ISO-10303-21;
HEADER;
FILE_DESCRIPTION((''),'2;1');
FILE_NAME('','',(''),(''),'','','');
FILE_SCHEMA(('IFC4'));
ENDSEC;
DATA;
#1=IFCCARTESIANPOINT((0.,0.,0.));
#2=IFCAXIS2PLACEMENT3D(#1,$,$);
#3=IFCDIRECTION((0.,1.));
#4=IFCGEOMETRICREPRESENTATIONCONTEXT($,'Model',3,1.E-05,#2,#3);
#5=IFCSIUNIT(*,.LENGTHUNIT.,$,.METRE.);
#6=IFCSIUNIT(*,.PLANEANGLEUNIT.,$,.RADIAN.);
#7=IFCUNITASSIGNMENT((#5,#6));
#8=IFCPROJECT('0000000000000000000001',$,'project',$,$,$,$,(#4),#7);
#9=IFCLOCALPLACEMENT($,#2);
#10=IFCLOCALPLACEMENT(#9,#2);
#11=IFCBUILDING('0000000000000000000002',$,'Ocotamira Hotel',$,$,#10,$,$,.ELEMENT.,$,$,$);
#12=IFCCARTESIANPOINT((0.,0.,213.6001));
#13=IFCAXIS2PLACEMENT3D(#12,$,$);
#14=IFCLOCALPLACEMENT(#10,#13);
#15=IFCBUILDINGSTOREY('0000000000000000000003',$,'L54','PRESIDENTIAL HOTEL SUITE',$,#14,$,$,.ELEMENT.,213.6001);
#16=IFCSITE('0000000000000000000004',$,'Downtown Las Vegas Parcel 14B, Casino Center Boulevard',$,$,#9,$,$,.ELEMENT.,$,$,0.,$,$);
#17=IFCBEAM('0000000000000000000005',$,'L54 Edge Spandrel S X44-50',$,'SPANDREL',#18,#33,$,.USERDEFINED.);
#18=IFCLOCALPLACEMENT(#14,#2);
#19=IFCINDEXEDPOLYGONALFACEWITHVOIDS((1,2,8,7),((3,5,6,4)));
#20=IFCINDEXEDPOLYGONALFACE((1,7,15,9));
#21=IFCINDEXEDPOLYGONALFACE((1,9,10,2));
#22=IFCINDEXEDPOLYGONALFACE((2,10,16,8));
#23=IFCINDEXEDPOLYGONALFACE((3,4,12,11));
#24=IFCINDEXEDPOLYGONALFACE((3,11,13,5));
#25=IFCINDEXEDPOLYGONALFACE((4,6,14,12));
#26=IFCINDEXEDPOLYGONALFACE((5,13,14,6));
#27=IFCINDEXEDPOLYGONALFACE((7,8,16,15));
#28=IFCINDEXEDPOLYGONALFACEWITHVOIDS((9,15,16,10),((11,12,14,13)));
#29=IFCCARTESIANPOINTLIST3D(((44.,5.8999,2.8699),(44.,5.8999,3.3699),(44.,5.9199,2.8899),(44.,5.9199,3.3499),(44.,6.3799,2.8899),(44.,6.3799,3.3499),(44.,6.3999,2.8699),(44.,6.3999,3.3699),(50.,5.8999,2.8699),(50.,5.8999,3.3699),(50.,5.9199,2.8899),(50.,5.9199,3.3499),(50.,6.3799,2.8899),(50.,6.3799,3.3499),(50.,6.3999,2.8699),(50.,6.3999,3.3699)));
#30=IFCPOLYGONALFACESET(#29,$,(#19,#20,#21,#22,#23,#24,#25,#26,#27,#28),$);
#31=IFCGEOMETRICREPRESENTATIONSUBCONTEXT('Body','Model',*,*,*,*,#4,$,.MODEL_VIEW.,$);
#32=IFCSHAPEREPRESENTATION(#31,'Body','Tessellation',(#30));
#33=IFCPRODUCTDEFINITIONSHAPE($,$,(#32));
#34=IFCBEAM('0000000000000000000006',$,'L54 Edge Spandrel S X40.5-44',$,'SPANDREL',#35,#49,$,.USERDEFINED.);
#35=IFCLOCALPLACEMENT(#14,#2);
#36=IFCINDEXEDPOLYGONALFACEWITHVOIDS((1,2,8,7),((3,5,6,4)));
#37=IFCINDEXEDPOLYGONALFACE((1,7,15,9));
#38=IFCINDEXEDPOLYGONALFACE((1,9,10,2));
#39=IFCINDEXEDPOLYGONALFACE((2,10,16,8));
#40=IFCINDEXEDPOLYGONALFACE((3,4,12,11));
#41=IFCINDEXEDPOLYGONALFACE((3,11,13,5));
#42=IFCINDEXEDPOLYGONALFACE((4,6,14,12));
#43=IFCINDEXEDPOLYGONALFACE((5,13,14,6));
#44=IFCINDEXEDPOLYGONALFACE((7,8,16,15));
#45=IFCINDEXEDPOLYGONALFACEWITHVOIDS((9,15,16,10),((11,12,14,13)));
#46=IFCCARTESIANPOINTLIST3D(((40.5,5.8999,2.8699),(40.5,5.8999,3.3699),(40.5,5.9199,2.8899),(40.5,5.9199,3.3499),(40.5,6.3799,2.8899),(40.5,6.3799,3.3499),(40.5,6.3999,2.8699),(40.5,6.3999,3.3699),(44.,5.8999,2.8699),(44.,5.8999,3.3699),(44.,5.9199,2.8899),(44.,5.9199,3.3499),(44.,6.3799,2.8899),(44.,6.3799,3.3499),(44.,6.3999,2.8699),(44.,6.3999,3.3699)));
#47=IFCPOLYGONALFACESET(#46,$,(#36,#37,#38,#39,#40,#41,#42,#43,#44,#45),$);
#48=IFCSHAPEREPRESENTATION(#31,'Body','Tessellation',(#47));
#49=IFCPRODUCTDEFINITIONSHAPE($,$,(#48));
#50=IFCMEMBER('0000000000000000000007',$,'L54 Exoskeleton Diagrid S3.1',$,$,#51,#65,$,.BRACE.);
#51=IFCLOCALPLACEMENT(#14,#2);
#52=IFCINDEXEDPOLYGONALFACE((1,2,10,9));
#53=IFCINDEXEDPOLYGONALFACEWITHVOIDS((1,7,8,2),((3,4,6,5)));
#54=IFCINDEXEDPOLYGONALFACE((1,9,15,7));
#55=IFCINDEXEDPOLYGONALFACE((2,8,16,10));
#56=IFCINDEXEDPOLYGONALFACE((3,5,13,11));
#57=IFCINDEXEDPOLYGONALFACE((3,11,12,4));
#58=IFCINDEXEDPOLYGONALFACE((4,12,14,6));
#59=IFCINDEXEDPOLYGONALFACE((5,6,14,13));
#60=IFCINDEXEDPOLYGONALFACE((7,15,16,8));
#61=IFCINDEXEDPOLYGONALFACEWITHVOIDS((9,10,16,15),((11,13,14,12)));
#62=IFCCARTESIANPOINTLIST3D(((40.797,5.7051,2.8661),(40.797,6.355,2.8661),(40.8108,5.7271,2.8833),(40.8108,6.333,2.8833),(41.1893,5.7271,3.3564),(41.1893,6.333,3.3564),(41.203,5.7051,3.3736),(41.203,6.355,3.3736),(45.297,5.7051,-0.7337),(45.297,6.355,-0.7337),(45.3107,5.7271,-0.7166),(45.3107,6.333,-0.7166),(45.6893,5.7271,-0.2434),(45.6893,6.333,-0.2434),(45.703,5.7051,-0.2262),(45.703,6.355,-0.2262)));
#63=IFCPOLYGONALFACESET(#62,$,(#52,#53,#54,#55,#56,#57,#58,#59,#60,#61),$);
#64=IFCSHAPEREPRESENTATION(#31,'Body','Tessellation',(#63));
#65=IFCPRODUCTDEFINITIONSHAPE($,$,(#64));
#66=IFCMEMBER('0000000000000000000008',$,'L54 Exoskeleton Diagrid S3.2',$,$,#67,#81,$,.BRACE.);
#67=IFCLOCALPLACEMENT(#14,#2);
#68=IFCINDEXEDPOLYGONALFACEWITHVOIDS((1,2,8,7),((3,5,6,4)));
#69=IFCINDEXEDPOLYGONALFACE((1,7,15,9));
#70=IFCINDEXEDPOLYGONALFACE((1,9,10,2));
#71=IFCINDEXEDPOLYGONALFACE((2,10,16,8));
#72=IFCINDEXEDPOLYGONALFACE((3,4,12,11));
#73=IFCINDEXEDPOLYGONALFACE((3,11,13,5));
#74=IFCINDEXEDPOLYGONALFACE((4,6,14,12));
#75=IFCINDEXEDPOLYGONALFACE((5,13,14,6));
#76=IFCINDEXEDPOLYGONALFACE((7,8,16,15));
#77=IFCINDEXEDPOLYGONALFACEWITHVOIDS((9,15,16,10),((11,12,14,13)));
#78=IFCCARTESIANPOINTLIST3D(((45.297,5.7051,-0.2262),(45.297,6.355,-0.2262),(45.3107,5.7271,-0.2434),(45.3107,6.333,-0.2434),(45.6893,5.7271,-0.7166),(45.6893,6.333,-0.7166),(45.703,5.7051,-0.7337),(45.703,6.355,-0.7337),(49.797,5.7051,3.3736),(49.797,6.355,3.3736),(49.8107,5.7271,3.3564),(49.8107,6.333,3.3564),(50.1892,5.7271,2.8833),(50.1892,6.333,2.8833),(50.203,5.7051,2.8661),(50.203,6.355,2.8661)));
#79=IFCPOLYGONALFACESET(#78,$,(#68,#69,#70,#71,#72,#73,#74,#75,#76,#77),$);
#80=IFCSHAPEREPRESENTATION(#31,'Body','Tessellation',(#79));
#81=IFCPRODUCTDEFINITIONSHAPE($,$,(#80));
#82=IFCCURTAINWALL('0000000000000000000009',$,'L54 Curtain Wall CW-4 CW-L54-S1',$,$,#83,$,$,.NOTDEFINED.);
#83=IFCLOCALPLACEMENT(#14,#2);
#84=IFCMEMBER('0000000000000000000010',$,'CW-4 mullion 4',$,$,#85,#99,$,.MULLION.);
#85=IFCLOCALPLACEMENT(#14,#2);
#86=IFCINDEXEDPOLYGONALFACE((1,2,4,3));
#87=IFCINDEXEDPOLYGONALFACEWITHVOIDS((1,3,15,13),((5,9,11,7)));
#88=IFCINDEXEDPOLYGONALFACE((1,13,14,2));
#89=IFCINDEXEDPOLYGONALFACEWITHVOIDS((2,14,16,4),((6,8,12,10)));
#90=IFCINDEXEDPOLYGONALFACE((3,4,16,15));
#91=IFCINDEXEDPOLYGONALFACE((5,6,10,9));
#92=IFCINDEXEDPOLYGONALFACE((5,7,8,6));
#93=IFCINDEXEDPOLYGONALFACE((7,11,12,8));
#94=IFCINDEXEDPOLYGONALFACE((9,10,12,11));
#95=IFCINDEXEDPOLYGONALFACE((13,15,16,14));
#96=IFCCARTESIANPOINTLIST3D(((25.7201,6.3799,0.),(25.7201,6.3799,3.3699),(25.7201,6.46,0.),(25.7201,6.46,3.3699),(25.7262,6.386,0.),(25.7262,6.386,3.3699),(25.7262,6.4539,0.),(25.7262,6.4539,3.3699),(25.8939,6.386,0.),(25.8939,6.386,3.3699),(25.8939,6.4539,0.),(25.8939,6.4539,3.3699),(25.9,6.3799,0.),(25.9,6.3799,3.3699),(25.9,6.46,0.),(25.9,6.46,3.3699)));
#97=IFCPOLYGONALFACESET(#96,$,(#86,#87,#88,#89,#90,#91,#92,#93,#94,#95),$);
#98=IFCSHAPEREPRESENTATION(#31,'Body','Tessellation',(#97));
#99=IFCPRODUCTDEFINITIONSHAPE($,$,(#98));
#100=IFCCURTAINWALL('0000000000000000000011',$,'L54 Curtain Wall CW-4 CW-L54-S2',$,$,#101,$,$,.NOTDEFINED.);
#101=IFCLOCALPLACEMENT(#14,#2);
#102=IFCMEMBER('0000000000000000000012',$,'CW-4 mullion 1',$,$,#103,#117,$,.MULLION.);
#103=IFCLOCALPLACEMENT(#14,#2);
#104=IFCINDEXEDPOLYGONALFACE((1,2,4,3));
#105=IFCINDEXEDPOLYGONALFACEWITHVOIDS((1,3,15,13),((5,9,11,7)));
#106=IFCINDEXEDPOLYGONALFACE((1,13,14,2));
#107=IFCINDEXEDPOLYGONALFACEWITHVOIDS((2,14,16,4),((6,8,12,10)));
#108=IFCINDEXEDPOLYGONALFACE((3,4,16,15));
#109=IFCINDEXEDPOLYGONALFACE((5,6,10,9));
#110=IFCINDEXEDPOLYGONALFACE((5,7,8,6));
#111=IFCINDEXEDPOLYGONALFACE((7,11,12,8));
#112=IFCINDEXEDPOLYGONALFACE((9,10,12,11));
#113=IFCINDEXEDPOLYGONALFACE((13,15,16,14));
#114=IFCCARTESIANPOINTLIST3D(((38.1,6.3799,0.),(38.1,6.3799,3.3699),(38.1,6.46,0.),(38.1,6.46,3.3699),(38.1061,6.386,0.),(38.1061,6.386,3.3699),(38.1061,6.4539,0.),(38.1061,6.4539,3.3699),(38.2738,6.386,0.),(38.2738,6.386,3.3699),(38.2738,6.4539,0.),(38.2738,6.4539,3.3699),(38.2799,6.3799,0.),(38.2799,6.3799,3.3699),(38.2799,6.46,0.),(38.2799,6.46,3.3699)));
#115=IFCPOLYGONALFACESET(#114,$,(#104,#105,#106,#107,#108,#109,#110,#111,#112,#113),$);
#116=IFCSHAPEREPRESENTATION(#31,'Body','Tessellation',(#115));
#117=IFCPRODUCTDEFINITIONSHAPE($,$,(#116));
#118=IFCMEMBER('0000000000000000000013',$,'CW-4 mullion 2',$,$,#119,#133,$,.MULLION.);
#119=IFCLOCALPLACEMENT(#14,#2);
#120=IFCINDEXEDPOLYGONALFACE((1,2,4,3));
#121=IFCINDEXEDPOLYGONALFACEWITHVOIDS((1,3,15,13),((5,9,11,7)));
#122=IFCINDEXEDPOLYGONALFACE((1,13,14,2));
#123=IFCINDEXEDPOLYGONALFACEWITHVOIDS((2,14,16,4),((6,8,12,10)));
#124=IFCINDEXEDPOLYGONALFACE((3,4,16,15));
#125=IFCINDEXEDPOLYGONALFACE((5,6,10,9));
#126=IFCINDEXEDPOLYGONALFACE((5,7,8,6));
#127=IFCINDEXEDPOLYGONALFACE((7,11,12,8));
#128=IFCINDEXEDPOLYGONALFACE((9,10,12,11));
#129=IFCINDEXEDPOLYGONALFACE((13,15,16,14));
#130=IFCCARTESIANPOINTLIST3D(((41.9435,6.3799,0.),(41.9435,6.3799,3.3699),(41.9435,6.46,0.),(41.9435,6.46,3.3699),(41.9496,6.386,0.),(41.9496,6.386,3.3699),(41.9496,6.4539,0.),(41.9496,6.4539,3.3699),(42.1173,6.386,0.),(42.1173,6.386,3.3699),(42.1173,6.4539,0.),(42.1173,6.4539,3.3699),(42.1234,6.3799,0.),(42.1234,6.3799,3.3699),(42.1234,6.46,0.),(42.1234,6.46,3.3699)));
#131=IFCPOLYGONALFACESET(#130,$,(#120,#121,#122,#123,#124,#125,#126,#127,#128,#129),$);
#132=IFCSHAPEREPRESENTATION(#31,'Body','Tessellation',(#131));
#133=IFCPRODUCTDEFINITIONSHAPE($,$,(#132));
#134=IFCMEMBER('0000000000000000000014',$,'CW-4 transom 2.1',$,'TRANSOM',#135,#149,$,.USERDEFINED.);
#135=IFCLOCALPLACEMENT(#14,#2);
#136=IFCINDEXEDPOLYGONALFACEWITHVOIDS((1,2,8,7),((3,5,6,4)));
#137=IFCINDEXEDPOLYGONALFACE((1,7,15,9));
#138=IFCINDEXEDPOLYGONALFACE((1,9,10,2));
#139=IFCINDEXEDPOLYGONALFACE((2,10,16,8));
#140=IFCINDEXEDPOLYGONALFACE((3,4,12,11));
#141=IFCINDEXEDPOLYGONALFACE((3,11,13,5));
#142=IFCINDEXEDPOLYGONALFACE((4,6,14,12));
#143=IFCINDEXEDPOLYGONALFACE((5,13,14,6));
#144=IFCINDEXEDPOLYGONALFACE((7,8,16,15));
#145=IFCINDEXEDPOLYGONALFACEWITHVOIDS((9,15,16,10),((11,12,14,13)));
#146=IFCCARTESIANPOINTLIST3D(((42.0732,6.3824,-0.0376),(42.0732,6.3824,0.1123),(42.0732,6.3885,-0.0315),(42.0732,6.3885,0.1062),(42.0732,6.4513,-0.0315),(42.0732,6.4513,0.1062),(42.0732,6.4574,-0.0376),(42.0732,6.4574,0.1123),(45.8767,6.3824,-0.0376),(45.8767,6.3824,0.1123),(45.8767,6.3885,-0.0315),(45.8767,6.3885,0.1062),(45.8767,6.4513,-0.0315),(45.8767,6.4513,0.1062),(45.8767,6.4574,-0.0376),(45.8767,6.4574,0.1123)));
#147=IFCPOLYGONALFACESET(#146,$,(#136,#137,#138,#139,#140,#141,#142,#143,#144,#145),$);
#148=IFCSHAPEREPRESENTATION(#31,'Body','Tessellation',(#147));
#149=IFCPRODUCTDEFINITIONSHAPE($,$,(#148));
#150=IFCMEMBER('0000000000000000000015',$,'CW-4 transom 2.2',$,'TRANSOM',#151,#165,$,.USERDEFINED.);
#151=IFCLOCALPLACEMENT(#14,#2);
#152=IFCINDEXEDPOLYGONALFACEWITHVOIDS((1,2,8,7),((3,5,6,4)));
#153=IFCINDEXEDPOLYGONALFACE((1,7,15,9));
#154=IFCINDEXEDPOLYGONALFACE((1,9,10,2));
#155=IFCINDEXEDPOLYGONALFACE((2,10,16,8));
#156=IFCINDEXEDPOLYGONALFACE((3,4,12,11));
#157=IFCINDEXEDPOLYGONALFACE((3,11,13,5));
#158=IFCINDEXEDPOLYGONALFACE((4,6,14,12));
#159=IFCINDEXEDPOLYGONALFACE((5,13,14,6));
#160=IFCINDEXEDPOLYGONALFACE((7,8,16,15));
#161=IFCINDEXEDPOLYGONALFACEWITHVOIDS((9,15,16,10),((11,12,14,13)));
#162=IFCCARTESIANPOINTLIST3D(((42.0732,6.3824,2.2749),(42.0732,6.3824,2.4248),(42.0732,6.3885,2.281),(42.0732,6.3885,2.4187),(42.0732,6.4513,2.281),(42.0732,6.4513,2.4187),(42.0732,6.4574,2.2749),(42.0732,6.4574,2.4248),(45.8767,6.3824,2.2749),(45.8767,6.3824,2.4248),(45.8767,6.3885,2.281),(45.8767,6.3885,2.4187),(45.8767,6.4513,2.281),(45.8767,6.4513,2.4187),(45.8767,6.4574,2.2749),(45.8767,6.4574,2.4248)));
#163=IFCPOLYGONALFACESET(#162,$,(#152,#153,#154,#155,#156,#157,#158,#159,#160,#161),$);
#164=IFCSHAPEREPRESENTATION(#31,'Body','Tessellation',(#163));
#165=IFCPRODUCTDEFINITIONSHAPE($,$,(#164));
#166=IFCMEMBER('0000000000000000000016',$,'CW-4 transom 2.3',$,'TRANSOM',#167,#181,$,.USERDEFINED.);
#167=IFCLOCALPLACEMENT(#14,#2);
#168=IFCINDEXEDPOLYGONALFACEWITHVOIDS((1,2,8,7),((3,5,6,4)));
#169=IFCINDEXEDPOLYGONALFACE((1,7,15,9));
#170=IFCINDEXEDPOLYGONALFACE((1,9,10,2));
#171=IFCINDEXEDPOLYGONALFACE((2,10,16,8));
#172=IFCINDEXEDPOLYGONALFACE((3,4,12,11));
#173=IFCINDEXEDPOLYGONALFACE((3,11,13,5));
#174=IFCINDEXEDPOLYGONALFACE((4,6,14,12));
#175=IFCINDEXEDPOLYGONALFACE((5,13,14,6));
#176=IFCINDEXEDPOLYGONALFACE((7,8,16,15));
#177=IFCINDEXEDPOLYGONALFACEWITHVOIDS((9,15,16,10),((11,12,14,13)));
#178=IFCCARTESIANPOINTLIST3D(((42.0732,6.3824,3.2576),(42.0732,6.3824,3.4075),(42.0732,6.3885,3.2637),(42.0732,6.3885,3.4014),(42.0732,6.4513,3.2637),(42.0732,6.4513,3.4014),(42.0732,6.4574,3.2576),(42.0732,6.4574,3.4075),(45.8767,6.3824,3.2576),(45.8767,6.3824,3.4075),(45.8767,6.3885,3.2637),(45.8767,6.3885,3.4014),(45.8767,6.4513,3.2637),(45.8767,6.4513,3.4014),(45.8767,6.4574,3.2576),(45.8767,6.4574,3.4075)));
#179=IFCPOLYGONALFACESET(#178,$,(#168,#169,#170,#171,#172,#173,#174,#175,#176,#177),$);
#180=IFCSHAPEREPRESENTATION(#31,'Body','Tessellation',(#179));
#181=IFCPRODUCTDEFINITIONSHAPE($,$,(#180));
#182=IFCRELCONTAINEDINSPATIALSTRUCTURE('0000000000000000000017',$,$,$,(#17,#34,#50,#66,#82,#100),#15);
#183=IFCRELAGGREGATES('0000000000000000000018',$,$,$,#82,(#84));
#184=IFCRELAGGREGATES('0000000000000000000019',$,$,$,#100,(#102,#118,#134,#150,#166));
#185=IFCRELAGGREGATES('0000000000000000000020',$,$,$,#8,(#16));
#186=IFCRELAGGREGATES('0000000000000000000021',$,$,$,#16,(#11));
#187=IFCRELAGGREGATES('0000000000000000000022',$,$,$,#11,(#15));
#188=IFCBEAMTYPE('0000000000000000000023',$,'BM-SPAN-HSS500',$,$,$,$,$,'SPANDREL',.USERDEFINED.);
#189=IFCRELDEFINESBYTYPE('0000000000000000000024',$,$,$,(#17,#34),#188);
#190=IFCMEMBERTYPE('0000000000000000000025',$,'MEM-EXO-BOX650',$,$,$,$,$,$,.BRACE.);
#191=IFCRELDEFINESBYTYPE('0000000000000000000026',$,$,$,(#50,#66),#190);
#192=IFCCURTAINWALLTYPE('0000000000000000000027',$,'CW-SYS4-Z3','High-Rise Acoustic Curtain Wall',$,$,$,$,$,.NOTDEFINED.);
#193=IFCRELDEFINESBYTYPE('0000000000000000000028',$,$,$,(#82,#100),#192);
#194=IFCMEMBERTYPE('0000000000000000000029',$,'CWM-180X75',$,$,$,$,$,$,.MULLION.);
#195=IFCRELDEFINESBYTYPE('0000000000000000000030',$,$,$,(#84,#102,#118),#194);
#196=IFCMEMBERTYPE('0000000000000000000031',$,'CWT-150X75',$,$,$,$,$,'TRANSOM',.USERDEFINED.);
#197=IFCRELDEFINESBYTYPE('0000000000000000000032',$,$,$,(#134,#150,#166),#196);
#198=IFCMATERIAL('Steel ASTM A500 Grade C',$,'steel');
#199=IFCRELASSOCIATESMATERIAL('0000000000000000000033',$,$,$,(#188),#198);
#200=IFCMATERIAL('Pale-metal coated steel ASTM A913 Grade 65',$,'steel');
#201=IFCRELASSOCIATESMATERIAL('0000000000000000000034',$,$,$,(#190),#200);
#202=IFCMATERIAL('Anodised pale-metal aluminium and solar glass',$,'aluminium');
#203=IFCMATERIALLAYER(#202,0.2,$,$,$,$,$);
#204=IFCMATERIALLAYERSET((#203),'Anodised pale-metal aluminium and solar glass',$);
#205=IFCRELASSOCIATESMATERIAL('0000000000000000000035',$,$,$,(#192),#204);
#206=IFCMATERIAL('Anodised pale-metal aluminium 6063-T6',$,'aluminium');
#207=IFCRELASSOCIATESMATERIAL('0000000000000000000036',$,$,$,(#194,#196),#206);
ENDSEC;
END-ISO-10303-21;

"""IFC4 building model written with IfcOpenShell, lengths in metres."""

from ifc_helpers import new_model, si_unit, direction, frame, origin, origin_2d, place, context, subcontext, project, spatial, hollow_rectangle, extrude, source, transform, mapped, material, layer, layer_set, material_profile, profile_set, type_object, element, aggregate, save


model = new_model("IFC4")

# Units and contexts
model_context = context("Model", 3, precision=1e-05, world=origin(), true_north=direction((0.0, 1.0)))
body_context = subcontext(model_context, "Body", "Model", "MODEL_VIEW")
ifc_project = project(units=[si_unit("LENGTHUNIT", "METRE"), si_unit("PLANEANGLEUNIT", "RADIAN")], contexts=[model_context])

# Site, building, storey
site_placement = place(None, origin())
site = spatial("IfcSite", under=ifc_project, at=site_placement, Name="Downtown Las Vegas Parcel 14B, Casino Center Boulevard", CompositionType="ELEMENT", RefElevation=0.0)
building_placement = place(site_placement, origin())
building = spatial("IfcBuilding", under=site, at=building_placement, Name="Ocotamira Hotel", CompositionType="ELEMENT")
storey_placement = place(building_placement, frame((0.0, 0.0, 213.6001)))
storey = spatial("IfcBuildingStorey", under=building, at=storey_placement, Name="L54", Description="PRESIDENTIAL HOTEL SUITE", CompositionType="ELEMENT", Elevation=213.6001)

# Beams
ifc_material_1 = material(Name="Steel ASTM A500 Grade C", Category="steel")
ifc_material_profile_1 = material_profile(ifc_material_1, hollow_rectangle(XDim=0.5, YDim=0.5, WallThickness=0.02, at=origin_2d()), Name="HSS500X500X20")
ifc_profile_set_1 = profile_set([ifc_material_profile_1], Name="Steel ASTM A500 Grade C")
beam_type = type_object("IfcBeamType", Name="BM-SPAN-HSS500", ElementType="SPANDREL", PredefinedType="USERDEFINED", material=ifc_profile_set_1)
shared_shape_1 = source(origin(), body_context, "Body", "SweptSolid", [
    extrude(hollow_rectangle(XDim=0.5, YDim=0.5, WallThickness=0.02, at=origin_2d()), origin(), (0.0, 0.0, 1.0), 6.0),
])
beam_1_placement = place(storey_placement, frame((44.0, 6.1499, 3.1199), z_axis=(1.0, 0.0, 0.0), x_axis=(0.0, 1.0, 0.0)))
element("IfcBeam", 1, at=beam_1_placement, inside=storey, type_object=beam_type, Name="L54 Edge Spandrel S X44-50", ObjectType="SPANDREL", PredefinedType="USERDEFINED", context=body_context, shape_type="MappedRepresentation", body=[
    mapped(shared_shape_1, transform((0.0, 0.0, 0.0), scale=1.0)),
])
shared_shape_2 = source(origin(), body_context, "Body", "SweptSolid", [
    extrude(hollow_rectangle(XDim=0.5, YDim=0.5, WallThickness=0.02, at=origin_2d()), origin(), (0.0, 0.0, 1.0), 3.5),
])
beam_2_placement = place(storey_placement, frame((40.5, 6.1499, 3.1199), z_axis=(1.0, 0.0, 0.0), x_axis=(0.0, 1.0, 0.0)))
element("IfcBeam", 2, at=beam_2_placement, inside=storey, type_object=beam_type, Name="L54 Edge Spandrel S X40.5-44", ObjectType="SPANDREL", PredefinedType="USERDEFINED", context=body_context, shape_type="MappedRepresentation", body=[
    mapped(shared_shape_2, transform((0.0, 0.0, 0.0), scale=1.0)),
])

# Members
ifc_material_2 = material(Name="Pale-metal coated steel ASTM A913 Grade 65", Category="steel")
ifc_material_profile_2 = material_profile(ifc_material_2, hollow_rectangle(XDim=0.6499, YDim=0.6499, WallThickness=0.022, at=origin_2d()), Name="BOX650X650X22")
ifc_profile_set_2 = profile_set([ifc_material_profile_2], Name="Pale-metal coated steel ASTM A913 Grade 65")
member_type_1 = type_object("IfcMemberType", Name="MEM-EXO-BOX650", PredefinedType="BRACE", material=ifc_profile_set_2)
shared_shape_3 = source(origin(), body_context, "Body", "SweptSolid", [
    extrude(hollow_rectangle(XDim=0.6499, YDim=0.6499, WallThickness=0.022, at=origin_2d()), origin(), (0.0, 0.0, 1.0), 5.7627),
])
for number, where, z_axis, x_axis, name in (
    (3, (45.5, 6.03, -0.48), (-0.780881, 0.0, 0.62468), (0.0, -1.0, 0.0), "L54 Exoskeleton Diagrid S3.1"),
    (4, (45.5, 6.03, -0.48), (0.780881, 0.0, 0.62468), (0.0, 1.0, 0.0), "L54 Exoskeleton Diagrid S3.2"),
):
    element("IfcMember", number, at=place(storey_placement, frame(where, z_axis=z_axis, x_axis=x_axis)), inside=storey, type_object=member_type_1, Name=name, PredefinedType="BRACE", context=body_context, shape_type="MappedRepresentation", body=[
        mapped(shared_shape_3, transform((0.0, 0.0, 0.0), scale=1.0)),
    ])

# Curtain wall, member
ifc_material_3 = material(Name="Anodised pale-metal aluminium and solar glass", Category="aluminium")
ifc_layer_1 = layer(ifc_material_3, 0.2)
ifc_layer_set_1 = layer_set([ifc_layer_1], Name="Anodised pale-metal aluminium and solar glass")
curtain_wall_type = type_object("IfcCurtainWallType", Name="CW-SYS4-Z3", Description="High-Rise Acoustic Curtain Wall", PredefinedType="NOTDEFINED", material=ifc_layer_set_1)
curtain_wall_1_placement = place(storey_placement, origin())
curtain_wall_1 = element("IfcCurtainWall", 5, at=curtain_wall_1_placement, inside=storey, type_object=curtain_wall_type, Name="L54 Curtain Wall CW-4 CW-L54-S1", PredefinedType="NOTDEFINED")
ifc_material_4 = material(Name="Anodised pale-metal aluminium 6063-T6", Category="aluminium")
ifc_material_profile_3 = material_profile(ifc_material_4, hollow_rectangle(XDim=0.0801, YDim=0.1799, WallThickness=0.0061, at=origin_2d()), Name="HSS180X80X6")
ifc_profile_set_3 = profile_set([ifc_material_profile_3], Name="Anodised pale-metal aluminium 6063-T6")
member_type_2 = type_object("IfcMemberType", Name="CWM-180X75", PredefinedType="MULLION", material=ifc_profile_set_3)
shared_shape_4 = source(origin(), body_context, "Body", "SweptSolid", [
    extrude(hollow_rectangle(XDim=0.0801, YDim=0.1799, WallThickness=0.0061, at=origin_2d()), origin(), (0.0, 0.0, 1.0), 3.3699),
])
member_1_placement = place(storey_placement, frame((25.8101, 6.4199, 0.0), z_axis=(0.0, 0.0, 1.0), x_axis=(0.0, 1.0, 0.0)))
member_1 = element("IfcMember", 6, at=member_1_placement, type_object=member_type_2, Name="CW-4 mullion 4", PredefinedType="MULLION", context=body_context, shape_type="MappedRepresentation", body=[
    mapped(shared_shape_4, transform((0.0, 0.0, 0.0), scale=1.0)),
])

# Curtain wall, members
curtain_wall_2_placement = place(storey_placement, origin())
curtain_wall_2 = element("IfcCurtainWall", 7, at=curtain_wall_2_placement, inside=storey, type_object=curtain_wall_type, Name="L54 Curtain Wall CW-4 CW-L54-S2", PredefinedType="NOTDEFINED")
member_2_placement = place(storey_placement, frame((38.1899, 6.4199, 0.0), z_axis=(0.0, 0.0, 1.0), x_axis=(0.0, 1.0, 0.0)))
member_2 = element("IfcMember", 8, at=member_2_placement, type_object=member_type_2, Name="CW-4 mullion 1", PredefinedType="MULLION", context=body_context, shape_type="MappedRepresentation", body=[
    mapped(shared_shape_4, transform((0.0, 0.0, 0.0), scale=1.0)),
])
member_3_placement = place(storey_placement, frame((42.0334, 6.4199, 0.0), z_axis=(0.0, 0.0, 1.0), x_axis=(0.0, 1.0, 0.0)))
member_3 = element("IfcMember", 9, at=member_3_placement, type_object=member_type_2, Name="CW-4 mullion 2", PredefinedType="MULLION", context=body_context, shape_type="MappedRepresentation", body=[
    mapped(shared_shape_4, transform((0.0, 0.0, 0.0), scale=1.0)),
])
ifc_material_profile_4 = material_profile(ifc_material_4, hollow_rectangle(XDim=0.075, YDim=0.1499, WallThickness=0.0061, at=origin_2d()), Name="HSS150X75X6")
ifc_profile_set_4 = profile_set([ifc_material_profile_4], Name="Anodised pale-metal aluminium 6063-T6")
member_type_3 = type_object("IfcMemberType", Name="CWT-150X75", ElementType="TRANSOM", PredefinedType="USERDEFINED", material=ifc_profile_set_4)
shared_shape_5 = source(origin(), body_context, "Body", "SweptSolid", [
    extrude(hollow_rectangle(XDim=0.075, YDim=0.1499, WallThickness=0.0061, at=origin_2d()), origin(), (0.0, 0.0, 1.0), 3.8035),
])
member_4_placement = place(storey_placement, frame((42.0732, 6.4199, 0.0374), z_axis=(1.0, 0.0, 0.0), x_axis=(0.0, 1.0, 0.0)))
member_4 = element("IfcMember", 10, at=member_4_placement, type_object=member_type_3, Name="CW-4 transom 2.1", ObjectType="TRANSOM", PredefinedType="USERDEFINED", context=body_context, shape_type="MappedRepresentation", body=[
    mapped(shared_shape_5, transform((0.0, 0.0, 0.0), scale=1.0)),
])
member_5_placement = place(storey_placement, frame((42.0732, 6.4199, 2.3499), z_axis=(1.0, 0.0, 0.0), x_axis=(0.0, 1.0, 0.0)))
member_5 = element("IfcMember", 11, at=member_5_placement, type_object=member_type_3, Name="CW-4 transom 2.2", ObjectType="TRANSOM", PredefinedType="USERDEFINED", context=body_context, shape_type="MappedRepresentation", body=[
    mapped(shared_shape_5, transform((0.0, 0.0, 0.0), scale=1.0)),
])
member_6_placement = place(storey_placement, frame((42.0732, 6.4199, 3.3325), z_axis=(1.0, 0.0, 0.0), x_axis=(0.0, 1.0, 0.0)))
member_6 = element("IfcMember", 12, at=member_6_placement, type_object=member_type_3, Name="CW-4 transom 2.3", ObjectType="TRANSOM", PredefinedType="USERDEFINED", context=body_context, shape_type="MappedRepresentation", body=[
    mapped(shared_shape_5, transform((0.0, 0.0, 0.0), scale=1.0)),
])

aggregate(curtain_wall_1, [member_1])
aggregate(curtain_wall_2, [member_2, member_3, member_4, member_5, member_6])

save(model, "model.ifc")
